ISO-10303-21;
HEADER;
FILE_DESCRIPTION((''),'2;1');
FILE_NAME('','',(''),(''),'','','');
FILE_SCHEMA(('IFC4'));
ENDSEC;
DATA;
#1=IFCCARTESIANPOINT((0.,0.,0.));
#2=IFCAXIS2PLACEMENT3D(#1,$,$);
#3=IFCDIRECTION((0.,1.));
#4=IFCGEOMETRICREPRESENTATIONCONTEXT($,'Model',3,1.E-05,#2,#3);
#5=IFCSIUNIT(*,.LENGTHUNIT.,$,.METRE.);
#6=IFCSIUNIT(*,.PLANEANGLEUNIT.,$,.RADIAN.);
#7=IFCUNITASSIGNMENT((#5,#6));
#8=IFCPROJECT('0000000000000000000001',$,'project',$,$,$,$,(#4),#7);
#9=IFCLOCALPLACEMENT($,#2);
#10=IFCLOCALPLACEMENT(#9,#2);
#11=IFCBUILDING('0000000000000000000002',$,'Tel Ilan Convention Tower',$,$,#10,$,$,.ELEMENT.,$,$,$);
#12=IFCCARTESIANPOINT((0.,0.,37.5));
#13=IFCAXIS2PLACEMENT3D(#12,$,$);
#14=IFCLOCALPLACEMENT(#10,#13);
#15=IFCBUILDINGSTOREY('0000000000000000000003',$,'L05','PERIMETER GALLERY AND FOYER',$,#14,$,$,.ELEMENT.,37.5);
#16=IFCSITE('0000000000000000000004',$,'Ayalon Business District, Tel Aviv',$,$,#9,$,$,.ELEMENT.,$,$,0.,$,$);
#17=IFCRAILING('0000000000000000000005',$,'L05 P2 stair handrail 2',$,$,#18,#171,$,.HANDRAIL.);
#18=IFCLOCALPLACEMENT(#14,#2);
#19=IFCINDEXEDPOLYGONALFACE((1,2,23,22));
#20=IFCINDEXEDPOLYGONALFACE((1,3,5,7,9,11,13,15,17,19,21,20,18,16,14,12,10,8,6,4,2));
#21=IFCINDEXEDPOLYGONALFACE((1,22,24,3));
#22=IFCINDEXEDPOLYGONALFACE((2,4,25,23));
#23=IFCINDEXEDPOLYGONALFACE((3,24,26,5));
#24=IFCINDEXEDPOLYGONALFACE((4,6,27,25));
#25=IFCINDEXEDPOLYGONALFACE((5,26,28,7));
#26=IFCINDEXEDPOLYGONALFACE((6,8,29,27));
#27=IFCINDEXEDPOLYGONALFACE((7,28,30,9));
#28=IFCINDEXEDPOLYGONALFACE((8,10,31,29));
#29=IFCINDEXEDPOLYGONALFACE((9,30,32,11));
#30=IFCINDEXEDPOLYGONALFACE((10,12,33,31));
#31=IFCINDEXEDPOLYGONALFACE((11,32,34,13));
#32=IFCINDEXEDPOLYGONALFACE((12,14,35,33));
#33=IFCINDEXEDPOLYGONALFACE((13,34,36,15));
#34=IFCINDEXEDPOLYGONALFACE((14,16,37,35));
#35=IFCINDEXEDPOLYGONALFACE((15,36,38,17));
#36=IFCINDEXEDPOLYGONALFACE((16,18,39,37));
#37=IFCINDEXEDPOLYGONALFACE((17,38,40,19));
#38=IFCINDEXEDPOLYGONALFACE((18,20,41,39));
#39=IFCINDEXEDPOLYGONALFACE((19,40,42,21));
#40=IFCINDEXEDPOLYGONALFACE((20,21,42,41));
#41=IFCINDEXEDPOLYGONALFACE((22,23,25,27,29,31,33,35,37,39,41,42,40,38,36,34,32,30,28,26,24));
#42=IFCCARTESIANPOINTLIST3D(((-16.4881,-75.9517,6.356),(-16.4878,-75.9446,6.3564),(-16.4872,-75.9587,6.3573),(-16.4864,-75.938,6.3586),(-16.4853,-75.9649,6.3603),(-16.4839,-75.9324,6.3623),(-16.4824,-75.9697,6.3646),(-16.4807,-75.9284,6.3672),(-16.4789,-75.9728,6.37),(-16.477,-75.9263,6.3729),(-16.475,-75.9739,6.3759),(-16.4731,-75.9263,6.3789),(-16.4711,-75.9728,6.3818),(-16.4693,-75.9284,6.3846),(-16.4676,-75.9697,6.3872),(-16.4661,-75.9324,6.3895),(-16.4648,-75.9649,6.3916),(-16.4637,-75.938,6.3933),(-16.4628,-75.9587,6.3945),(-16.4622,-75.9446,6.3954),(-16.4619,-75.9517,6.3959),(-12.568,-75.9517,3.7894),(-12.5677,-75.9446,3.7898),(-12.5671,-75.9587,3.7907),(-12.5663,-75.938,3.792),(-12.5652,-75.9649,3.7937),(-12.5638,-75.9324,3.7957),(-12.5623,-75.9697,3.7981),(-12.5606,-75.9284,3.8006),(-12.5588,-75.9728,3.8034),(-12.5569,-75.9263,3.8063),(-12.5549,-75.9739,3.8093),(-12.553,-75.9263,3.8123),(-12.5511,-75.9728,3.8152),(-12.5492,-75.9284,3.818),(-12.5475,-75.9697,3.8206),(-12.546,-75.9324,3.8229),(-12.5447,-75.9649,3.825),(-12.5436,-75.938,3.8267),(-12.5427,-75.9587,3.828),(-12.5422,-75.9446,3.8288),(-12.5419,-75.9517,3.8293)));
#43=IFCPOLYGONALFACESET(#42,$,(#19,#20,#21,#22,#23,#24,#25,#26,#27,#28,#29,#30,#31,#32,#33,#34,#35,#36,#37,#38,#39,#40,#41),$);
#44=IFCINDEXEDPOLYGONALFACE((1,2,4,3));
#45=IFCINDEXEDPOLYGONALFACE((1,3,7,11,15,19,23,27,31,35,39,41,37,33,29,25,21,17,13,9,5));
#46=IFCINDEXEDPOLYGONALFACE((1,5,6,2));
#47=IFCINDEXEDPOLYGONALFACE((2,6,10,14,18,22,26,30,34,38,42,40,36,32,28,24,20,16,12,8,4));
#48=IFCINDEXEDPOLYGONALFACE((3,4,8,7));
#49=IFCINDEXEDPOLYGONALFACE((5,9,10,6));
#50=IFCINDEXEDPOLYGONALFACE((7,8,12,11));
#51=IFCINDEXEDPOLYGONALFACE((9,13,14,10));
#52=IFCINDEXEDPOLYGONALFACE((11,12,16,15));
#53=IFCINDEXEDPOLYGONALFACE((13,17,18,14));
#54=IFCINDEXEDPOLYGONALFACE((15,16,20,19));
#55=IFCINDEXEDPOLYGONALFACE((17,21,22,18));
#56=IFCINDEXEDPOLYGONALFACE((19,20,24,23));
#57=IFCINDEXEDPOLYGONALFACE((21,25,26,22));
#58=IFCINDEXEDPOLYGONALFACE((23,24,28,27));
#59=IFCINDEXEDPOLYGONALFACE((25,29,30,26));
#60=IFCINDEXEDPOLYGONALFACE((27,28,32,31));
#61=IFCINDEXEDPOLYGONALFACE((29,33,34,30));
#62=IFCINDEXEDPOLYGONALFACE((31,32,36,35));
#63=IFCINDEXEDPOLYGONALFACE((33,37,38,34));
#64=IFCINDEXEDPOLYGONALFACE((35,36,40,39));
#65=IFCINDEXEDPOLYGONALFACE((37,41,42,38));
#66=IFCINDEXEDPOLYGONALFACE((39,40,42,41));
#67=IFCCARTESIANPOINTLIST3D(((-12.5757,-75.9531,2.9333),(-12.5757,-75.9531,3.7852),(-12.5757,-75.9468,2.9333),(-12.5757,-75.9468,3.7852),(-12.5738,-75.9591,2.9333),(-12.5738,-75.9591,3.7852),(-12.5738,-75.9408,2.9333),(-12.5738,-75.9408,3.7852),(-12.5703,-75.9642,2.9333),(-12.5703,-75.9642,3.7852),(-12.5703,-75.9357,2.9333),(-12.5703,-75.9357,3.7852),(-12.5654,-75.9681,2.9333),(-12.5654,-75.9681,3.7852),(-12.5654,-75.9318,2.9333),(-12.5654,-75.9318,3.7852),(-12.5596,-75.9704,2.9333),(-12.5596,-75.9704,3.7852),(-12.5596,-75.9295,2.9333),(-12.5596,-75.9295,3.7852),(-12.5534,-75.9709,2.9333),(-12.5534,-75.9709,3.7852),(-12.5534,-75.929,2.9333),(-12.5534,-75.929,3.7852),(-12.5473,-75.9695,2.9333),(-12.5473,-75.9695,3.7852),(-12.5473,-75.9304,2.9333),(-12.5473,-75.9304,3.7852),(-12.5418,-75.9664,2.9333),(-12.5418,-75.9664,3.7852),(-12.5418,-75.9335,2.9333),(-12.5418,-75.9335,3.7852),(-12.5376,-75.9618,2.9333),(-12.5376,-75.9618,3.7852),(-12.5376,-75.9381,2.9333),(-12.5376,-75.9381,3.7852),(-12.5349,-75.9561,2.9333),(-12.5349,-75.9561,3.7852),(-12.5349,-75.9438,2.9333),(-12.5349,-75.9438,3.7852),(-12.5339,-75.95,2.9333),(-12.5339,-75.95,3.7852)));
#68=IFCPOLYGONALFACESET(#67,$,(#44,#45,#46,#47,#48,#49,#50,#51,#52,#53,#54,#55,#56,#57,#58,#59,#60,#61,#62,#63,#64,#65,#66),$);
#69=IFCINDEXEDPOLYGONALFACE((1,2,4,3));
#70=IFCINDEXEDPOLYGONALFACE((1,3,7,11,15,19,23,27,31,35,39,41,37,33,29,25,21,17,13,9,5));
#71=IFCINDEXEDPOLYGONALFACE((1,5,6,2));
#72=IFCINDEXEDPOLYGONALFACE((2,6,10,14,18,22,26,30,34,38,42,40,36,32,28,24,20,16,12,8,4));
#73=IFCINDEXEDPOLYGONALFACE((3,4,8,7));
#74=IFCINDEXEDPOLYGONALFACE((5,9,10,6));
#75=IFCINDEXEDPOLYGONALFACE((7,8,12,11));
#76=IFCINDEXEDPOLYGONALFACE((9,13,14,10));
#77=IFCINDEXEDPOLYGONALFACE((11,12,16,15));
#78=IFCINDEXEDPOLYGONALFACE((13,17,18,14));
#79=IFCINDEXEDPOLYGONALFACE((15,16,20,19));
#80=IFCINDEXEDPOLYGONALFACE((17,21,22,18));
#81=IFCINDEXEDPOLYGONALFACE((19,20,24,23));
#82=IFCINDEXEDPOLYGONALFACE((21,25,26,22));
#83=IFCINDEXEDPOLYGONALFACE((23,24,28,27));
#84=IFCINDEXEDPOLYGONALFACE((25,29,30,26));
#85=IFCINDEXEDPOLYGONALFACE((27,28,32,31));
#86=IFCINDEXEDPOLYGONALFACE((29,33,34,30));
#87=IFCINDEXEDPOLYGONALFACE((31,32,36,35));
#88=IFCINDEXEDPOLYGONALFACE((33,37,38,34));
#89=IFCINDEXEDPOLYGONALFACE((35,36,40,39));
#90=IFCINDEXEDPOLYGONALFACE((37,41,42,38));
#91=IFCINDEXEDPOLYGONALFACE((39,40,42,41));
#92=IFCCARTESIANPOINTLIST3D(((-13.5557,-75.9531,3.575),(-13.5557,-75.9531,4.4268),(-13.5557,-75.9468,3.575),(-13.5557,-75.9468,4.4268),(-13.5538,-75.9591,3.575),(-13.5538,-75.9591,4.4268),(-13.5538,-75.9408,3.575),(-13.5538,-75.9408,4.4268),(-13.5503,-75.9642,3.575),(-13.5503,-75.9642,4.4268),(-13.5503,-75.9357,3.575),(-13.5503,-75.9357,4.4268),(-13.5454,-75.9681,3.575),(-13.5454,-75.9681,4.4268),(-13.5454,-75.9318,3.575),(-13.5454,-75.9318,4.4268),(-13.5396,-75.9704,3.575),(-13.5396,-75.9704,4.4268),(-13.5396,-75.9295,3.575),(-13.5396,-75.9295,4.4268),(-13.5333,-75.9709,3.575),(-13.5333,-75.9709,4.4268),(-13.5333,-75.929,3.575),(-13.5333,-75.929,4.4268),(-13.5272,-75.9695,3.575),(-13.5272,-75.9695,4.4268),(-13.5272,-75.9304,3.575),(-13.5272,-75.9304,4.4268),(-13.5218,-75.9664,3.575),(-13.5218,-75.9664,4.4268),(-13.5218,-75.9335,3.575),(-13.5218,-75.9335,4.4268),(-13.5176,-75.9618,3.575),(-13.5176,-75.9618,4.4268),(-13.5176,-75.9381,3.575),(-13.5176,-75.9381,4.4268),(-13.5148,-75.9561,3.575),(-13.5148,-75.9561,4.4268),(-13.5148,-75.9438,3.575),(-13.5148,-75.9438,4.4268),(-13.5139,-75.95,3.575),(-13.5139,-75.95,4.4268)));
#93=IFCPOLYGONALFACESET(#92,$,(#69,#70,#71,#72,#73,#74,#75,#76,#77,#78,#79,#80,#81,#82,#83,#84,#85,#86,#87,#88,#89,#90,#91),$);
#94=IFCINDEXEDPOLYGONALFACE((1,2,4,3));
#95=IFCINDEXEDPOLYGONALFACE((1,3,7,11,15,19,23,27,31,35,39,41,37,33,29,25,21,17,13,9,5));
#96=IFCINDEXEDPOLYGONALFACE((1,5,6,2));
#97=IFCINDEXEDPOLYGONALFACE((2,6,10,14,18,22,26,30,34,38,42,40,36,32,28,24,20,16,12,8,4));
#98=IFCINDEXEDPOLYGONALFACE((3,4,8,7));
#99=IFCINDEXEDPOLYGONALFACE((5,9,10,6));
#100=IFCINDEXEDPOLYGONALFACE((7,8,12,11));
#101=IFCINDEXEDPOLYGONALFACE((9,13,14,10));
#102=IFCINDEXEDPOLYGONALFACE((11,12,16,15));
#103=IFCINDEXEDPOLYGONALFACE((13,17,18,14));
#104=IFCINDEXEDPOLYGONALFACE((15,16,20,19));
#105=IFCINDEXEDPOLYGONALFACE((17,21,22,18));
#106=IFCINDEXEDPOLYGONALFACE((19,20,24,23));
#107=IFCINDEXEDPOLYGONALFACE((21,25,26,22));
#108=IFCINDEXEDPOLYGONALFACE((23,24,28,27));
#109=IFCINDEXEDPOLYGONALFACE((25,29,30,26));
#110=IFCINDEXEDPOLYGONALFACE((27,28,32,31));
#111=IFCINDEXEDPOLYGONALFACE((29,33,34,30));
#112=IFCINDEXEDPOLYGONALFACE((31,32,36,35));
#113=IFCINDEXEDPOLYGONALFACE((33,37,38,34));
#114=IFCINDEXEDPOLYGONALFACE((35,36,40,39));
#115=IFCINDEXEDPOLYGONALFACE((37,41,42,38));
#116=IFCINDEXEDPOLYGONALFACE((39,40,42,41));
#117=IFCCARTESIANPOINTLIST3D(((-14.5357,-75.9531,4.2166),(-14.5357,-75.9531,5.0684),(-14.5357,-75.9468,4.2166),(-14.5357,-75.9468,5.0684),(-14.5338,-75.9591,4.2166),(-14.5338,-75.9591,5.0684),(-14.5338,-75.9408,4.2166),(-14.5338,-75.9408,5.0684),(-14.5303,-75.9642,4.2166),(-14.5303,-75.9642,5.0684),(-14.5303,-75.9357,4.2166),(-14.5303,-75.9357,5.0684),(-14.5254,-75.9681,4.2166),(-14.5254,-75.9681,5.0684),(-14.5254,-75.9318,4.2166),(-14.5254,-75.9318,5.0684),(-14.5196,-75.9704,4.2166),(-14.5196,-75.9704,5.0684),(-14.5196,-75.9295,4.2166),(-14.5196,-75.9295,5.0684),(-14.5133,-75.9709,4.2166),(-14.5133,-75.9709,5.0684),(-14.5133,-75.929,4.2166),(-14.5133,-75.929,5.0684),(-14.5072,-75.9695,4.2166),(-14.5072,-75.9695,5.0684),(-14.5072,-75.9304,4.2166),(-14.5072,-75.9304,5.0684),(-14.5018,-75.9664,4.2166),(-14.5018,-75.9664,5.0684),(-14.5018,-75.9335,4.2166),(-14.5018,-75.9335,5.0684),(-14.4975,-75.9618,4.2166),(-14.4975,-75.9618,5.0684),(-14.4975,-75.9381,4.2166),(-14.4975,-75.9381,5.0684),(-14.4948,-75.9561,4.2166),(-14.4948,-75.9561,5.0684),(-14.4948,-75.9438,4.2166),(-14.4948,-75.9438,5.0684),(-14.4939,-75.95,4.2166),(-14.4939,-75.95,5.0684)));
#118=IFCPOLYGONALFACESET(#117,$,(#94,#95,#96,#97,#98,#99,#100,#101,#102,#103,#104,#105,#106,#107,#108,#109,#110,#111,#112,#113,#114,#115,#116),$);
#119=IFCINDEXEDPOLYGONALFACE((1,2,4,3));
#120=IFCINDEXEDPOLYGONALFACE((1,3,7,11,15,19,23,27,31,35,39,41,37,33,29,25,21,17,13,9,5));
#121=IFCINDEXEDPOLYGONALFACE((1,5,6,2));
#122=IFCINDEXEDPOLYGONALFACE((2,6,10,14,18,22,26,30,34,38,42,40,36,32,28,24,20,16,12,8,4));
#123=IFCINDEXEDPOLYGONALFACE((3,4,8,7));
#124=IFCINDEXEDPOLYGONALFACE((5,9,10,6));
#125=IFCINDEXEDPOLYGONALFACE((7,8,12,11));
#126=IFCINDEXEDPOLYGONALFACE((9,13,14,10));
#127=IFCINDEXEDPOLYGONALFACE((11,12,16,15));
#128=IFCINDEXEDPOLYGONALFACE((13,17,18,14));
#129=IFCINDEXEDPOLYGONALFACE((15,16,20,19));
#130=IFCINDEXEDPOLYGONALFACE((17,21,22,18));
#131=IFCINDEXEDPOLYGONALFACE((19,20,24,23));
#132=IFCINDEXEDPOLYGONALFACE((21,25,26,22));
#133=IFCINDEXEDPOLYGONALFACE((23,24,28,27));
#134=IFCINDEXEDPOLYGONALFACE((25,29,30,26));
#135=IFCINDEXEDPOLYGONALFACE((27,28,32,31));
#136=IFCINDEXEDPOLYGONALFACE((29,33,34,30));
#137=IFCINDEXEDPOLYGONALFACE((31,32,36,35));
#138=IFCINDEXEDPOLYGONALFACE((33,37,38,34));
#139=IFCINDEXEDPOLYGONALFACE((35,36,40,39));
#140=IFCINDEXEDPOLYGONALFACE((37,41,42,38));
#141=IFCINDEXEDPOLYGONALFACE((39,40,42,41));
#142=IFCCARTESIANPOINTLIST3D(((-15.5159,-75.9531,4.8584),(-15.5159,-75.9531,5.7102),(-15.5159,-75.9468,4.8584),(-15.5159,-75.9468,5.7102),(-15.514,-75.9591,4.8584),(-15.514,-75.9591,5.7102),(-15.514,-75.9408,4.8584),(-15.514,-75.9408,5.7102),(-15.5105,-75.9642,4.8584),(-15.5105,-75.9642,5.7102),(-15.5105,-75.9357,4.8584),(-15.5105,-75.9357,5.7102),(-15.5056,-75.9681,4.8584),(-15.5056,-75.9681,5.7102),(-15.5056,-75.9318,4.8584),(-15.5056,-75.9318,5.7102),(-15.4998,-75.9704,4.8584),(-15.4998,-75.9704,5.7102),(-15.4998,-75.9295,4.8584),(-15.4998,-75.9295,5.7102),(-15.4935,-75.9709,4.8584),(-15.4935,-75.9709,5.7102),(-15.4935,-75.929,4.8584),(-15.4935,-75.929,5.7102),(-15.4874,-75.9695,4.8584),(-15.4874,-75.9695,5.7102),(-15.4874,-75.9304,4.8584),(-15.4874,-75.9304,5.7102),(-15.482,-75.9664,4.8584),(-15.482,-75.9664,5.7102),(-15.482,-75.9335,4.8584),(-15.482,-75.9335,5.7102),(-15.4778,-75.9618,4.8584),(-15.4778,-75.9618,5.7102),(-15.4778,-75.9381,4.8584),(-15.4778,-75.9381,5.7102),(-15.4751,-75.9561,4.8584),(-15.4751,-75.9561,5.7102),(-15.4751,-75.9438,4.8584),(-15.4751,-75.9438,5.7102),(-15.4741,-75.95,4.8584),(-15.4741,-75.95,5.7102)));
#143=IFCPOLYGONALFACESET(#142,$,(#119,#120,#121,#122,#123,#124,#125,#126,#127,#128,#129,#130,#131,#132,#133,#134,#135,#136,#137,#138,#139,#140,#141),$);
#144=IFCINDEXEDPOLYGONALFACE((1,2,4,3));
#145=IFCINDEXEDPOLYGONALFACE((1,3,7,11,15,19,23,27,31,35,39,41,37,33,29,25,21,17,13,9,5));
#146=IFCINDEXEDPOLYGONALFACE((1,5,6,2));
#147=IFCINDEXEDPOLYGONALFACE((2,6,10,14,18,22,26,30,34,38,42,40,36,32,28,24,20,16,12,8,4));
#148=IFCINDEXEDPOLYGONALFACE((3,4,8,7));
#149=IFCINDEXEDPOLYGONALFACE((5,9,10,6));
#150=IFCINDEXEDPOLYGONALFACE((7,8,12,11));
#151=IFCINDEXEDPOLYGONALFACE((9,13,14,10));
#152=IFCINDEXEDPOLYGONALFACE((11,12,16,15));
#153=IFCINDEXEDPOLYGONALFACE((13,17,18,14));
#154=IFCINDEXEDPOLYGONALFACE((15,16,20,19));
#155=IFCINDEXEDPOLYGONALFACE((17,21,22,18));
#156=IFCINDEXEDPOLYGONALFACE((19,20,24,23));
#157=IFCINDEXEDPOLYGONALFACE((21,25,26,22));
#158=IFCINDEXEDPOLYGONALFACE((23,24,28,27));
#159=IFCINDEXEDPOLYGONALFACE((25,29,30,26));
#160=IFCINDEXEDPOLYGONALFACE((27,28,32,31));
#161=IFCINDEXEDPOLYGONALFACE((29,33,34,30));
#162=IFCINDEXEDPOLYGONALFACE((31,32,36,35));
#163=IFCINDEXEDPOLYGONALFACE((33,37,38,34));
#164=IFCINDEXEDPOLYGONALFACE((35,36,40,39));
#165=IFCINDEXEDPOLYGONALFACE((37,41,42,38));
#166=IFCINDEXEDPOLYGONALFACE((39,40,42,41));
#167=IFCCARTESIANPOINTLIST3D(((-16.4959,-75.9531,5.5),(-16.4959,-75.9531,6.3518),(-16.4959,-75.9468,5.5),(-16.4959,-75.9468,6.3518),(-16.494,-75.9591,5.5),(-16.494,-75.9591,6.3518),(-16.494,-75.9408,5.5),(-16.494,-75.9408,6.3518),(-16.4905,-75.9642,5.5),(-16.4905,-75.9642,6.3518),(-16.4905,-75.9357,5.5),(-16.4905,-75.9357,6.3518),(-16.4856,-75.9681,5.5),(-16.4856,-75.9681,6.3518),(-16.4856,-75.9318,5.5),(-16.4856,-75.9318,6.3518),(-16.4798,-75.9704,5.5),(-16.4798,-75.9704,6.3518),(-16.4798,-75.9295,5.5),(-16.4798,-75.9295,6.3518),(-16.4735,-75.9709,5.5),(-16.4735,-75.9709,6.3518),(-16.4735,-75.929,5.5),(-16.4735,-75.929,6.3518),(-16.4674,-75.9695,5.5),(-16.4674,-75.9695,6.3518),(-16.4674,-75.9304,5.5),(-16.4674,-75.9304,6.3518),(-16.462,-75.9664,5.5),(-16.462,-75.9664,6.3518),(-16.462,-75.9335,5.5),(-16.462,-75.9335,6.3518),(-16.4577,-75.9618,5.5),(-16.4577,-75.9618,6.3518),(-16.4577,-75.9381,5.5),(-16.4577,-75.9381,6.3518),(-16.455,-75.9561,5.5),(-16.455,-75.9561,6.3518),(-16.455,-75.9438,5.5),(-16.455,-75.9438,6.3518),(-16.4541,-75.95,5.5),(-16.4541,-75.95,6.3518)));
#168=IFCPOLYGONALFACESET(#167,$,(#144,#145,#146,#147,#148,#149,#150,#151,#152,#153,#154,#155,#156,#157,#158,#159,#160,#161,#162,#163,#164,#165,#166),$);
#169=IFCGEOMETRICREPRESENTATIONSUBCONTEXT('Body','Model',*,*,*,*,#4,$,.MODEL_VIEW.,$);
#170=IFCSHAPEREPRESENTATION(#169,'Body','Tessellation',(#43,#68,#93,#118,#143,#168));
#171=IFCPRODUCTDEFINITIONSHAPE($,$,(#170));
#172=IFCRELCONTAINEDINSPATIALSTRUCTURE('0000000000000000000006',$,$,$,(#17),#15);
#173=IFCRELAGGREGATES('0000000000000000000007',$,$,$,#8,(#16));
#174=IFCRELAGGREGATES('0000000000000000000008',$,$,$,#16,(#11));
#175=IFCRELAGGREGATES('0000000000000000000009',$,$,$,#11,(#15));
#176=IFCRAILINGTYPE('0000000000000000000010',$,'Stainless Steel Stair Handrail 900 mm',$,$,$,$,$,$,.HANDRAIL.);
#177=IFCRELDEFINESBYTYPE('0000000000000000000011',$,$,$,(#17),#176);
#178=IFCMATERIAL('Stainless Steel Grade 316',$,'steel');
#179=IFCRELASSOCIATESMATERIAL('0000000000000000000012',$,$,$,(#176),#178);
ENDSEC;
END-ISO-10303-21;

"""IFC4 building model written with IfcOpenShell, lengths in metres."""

from ifc_helpers import new_model, si_unit, direction, frame, origin, origin_2d, place, context, subcontext, project, spatial, circle, extrude, material, type_object, element, save


model = new_model("IFC4")

# Units and contexts
model_context = context("Model", 3, precision=1e-05, world=origin(), true_north=direction((0.0, 1.0)))
body_context = subcontext(model_context, "Body", "Model", "MODEL_VIEW")
ifc_project = project(units=[si_unit("LENGTHUNIT", "METRE"), si_unit("PLANEANGLEUNIT", "RADIAN")], contexts=[model_context])

# Site, building, storey
site_placement = place(None, origin())
site = spatial("IfcSite", under=ifc_project, at=site_placement, Name="Ayalon Business District, Tel Aviv", CompositionType="ELEMENT", RefElevation=0.0)
building_placement = place(site_placement, origin())
building = spatial("IfcBuilding", under=site, at=building_placement, Name="Tel Ilan Convention Tower", CompositionType="ELEMENT")
storey_placement = place(building_placement, frame((0.0, 0.0, 37.5)))
storey = spatial("IfcBuildingStorey", under=building, at=storey_placement, Name="L05", Description="PERIMETER GALLERY AND FOYER", CompositionType="ELEMENT", Elevation=37.5)

# Railing
ifc_material_1 = material(Name="Stainless Steel Grade 316", Category="steel")
railing_type_1 = type_object("IfcRailingType", Name="Stainless Steel Stair Handrail 900 mm", PredefinedType="HANDRAIL", material=ifc_material_1)
railing_1_placement = place(storey_placement, frame((-12.5549, -75.95, 2.9333)))
element("IfcRailing", 1, at=railing_1_placement, inside=storey, type_object=railing_type_1, Name="L05 P2 stair handrail 2", PredefinedType="HANDRAIL", context=body_context, shape_type="SweptSolid", body=[
    extrude(circle(Radius=0.0239, at=origin_2d()), frame((0.0, 0.0, 0.876), z_axis=(-0.836631, 0.0, 0.547767), x_axis=(0.0, -1.0, 0.0)), (0.0, 0.0, 1.0), 4.6855),
    extrude(circle(Radius=0.021, at=origin_2d()), origin(), (0.0, 0.0, 1.0), 0.8518),
    extrude(circle(Radius=0.021, at=origin_2d()), frame((-0.98, 0.0, 0.6416)), (0.0, 0.0, 1.0), 0.8518),
    extrude(circle(Radius=0.021, at=origin_2d()), frame((-1.96, 0.0, 1.2832)), (0.0, 0.0, 1.0), 0.8518),
    extrude(circle(Radius=0.021, at=origin_2d()), frame((-2.9402, 0.0, 1.925)), (0.0, 0.0, 1.0), 0.8518),
    extrude(circle(Radius=0.021, at=origin_2d()), frame((-3.9202, 0.0, 2.5667)), (0.0, 0.0, 1.0), 0.8518),
])

save(model, "model.ifc")
